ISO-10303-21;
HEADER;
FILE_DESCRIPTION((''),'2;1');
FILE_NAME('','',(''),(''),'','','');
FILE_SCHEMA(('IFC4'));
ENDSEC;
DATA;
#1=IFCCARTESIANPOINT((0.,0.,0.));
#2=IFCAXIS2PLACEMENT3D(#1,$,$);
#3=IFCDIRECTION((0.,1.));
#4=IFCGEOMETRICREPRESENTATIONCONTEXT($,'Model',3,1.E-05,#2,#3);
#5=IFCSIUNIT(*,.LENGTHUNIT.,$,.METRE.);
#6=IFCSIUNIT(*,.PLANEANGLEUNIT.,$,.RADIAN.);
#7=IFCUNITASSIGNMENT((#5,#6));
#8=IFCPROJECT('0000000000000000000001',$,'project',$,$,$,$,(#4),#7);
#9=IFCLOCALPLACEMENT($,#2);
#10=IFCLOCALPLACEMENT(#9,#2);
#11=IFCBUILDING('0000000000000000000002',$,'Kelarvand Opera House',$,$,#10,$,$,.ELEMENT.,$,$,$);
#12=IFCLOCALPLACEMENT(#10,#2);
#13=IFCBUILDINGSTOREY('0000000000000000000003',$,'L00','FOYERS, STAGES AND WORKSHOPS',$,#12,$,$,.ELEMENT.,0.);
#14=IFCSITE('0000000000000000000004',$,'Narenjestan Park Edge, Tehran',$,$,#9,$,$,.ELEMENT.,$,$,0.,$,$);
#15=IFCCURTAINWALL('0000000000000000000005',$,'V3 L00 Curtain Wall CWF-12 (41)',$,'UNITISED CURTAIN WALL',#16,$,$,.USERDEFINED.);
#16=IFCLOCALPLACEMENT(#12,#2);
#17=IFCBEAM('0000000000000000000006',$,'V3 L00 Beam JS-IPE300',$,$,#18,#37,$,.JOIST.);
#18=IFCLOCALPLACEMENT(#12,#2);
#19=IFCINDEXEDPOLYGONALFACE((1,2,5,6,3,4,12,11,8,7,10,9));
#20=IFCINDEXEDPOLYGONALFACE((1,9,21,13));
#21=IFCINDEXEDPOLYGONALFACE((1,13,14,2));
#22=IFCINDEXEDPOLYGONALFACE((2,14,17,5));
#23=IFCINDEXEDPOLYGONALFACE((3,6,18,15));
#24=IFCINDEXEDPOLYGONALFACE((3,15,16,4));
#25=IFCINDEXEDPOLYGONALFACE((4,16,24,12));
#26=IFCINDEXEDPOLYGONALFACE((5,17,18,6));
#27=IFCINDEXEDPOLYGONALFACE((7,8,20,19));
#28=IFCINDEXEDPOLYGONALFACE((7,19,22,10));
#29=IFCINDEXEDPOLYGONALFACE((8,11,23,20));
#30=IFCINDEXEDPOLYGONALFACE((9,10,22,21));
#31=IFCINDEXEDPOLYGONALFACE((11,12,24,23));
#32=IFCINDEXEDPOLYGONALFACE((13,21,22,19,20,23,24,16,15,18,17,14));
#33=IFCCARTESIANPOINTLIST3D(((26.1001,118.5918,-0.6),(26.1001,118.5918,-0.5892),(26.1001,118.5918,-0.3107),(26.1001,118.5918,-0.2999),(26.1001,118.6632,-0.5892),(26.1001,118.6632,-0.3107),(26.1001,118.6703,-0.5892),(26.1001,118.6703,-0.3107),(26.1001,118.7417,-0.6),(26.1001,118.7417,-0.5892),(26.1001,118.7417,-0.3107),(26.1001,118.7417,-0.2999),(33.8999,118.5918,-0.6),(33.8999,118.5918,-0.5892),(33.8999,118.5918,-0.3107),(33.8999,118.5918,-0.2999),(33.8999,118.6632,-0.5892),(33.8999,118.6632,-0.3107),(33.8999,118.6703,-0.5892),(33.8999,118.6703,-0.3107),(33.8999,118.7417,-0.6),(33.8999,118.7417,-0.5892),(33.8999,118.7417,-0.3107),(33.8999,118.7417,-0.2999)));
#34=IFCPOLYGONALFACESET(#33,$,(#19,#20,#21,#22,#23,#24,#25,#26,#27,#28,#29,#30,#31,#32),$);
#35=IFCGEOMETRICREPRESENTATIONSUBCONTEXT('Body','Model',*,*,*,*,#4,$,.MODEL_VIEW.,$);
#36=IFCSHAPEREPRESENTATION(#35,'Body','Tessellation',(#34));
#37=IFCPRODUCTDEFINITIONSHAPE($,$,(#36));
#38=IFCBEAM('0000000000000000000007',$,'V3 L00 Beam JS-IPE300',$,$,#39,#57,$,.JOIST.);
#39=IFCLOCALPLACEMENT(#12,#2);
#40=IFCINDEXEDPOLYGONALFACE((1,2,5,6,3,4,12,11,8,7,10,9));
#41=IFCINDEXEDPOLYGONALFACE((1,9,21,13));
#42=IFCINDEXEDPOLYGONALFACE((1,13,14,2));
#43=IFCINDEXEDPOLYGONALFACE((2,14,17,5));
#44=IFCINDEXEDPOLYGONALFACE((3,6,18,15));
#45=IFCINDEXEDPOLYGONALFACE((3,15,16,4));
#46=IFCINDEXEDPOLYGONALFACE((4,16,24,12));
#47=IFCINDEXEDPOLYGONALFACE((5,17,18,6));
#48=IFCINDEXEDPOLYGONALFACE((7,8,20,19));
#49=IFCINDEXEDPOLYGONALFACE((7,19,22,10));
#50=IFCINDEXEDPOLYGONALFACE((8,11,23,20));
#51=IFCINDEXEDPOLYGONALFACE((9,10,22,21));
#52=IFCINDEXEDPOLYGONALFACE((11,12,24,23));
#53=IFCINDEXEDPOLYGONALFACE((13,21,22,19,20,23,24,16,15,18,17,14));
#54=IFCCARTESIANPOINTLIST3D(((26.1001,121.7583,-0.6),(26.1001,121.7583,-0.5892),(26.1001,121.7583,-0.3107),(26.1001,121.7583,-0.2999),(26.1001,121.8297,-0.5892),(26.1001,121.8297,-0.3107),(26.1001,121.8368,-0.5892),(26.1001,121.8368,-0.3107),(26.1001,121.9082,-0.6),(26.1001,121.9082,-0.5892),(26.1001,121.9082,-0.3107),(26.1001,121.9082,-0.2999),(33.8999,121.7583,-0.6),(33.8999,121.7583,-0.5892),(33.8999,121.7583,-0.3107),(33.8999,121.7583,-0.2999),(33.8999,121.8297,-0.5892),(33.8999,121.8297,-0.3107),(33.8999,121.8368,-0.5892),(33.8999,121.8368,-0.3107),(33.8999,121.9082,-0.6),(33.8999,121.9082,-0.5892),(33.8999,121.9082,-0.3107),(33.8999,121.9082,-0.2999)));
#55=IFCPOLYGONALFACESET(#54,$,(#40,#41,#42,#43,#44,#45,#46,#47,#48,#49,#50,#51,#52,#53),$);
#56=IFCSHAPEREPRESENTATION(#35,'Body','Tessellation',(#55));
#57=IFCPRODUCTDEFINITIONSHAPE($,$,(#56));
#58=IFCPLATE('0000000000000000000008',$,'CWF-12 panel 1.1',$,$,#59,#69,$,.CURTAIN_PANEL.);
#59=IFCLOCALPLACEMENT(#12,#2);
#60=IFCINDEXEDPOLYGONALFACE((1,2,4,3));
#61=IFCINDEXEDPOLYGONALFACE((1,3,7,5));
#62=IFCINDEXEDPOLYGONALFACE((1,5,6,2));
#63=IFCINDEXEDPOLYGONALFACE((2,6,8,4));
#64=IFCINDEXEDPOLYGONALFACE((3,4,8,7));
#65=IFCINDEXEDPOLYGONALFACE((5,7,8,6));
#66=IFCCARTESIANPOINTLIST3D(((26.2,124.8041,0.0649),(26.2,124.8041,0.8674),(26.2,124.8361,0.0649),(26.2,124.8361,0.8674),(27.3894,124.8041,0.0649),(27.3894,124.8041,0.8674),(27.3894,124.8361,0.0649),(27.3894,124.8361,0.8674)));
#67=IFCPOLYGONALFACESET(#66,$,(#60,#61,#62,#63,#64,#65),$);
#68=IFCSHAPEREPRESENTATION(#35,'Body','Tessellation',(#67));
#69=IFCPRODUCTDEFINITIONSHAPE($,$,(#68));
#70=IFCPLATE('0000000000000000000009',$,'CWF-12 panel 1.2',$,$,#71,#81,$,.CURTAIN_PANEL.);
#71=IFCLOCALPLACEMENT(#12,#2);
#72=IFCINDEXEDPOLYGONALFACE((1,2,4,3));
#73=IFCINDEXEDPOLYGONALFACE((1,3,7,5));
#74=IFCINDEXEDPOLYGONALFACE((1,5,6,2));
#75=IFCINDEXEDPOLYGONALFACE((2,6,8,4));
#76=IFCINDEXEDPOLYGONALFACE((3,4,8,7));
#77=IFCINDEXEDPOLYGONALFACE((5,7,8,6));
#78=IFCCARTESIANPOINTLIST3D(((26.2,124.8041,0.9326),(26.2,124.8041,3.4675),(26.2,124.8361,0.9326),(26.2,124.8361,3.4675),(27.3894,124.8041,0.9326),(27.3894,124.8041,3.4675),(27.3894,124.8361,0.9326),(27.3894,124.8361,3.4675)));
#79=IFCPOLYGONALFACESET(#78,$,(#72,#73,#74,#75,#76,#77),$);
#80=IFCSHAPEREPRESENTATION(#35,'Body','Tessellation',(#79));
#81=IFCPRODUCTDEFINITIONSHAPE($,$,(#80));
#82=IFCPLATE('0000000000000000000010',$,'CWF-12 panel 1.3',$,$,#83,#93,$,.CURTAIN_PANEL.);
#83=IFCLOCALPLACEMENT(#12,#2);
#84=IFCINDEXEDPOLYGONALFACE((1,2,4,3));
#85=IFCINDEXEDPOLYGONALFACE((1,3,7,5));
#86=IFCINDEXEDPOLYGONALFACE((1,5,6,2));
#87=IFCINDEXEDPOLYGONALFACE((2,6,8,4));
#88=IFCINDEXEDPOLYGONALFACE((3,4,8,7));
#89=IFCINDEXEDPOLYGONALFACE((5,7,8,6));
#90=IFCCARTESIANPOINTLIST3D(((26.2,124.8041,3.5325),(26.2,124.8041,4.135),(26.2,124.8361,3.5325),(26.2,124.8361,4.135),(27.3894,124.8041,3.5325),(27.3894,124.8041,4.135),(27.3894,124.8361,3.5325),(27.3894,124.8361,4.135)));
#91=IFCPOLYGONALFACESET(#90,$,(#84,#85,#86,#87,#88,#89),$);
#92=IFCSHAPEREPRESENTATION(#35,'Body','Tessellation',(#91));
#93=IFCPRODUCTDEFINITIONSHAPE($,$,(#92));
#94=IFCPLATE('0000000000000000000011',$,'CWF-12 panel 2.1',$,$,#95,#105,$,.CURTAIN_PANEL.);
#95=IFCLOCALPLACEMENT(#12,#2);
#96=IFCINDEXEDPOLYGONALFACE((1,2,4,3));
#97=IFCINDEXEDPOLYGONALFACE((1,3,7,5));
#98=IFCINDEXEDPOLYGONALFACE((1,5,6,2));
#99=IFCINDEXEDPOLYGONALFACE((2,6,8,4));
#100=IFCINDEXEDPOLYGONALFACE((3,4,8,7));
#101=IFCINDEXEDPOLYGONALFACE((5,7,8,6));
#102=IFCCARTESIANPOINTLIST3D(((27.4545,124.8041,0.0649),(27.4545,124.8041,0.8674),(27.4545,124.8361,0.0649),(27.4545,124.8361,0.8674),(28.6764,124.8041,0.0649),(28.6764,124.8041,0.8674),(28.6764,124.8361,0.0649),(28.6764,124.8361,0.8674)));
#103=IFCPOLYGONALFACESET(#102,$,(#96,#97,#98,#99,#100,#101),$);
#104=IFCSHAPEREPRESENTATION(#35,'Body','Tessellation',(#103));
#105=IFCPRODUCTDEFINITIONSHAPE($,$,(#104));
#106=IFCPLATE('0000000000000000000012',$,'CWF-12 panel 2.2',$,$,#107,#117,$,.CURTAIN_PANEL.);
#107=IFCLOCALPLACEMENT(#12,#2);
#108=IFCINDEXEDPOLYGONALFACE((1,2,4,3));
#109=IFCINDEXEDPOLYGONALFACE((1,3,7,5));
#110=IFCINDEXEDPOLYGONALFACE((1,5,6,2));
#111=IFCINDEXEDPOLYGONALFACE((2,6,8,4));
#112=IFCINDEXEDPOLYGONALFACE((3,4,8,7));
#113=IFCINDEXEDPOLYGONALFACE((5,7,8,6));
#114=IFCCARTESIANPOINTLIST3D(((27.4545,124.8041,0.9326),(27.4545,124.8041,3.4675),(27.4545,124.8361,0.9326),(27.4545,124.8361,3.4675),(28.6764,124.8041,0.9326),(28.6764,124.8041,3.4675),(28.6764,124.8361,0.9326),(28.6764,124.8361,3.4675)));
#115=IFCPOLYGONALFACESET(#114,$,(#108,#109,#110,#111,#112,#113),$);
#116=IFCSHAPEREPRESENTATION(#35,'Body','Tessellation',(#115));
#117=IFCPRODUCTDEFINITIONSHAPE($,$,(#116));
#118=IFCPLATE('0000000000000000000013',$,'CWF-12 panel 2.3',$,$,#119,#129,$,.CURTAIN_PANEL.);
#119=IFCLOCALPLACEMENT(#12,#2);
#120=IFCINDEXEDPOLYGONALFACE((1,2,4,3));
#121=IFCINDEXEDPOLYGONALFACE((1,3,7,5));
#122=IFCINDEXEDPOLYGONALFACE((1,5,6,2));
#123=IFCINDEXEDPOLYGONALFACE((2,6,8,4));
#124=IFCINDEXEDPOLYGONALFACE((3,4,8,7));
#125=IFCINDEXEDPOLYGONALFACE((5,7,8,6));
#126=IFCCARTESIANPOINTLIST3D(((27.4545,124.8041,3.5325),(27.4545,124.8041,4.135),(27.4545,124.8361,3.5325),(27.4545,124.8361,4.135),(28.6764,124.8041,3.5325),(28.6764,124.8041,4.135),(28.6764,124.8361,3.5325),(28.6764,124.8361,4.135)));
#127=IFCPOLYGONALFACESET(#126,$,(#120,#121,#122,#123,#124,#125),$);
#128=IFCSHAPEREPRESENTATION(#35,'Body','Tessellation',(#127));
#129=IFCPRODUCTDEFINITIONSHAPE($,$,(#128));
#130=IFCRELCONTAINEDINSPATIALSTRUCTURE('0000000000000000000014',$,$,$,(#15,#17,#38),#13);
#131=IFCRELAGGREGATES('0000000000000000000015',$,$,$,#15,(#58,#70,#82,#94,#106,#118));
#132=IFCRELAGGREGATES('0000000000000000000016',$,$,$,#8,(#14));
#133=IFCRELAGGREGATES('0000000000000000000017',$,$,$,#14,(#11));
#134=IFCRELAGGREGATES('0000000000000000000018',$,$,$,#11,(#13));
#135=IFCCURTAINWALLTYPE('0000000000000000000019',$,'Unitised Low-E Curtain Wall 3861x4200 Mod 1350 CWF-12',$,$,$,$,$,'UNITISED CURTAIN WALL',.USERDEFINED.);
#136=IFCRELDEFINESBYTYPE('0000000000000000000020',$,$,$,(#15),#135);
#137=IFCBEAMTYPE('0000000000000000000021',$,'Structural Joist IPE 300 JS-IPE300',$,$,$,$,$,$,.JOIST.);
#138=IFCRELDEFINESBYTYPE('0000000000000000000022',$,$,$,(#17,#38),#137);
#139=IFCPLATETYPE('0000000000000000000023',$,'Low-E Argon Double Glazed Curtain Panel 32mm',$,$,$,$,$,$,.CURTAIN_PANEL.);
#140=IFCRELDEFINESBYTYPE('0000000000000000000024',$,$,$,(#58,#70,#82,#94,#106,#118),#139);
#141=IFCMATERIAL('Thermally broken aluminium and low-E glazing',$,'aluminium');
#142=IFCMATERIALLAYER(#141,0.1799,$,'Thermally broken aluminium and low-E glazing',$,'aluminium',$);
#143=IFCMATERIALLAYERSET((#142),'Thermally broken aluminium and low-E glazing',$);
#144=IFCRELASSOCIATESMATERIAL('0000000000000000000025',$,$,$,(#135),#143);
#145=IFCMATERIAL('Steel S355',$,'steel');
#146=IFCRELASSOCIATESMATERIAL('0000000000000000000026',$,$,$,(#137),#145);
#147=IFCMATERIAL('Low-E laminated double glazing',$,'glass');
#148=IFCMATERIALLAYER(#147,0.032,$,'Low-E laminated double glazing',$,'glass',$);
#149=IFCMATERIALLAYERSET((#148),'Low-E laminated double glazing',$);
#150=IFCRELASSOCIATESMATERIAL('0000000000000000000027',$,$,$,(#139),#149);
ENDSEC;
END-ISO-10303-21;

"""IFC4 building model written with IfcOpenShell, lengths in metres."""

from ifc_helpers import new_model, si_unit, direction, frame, origin, origin_2d, place, context, subcontext, project, spatial, rectangle, i_section, extrude, material, layer, layer_set, material_profile, profile_set, type_object, element, aggregate, save


model = new_model("IFC4")

# Units and contexts
model_context = context("Model", 3, precision=1e-05, world=origin(), true_north=direction((0.0, 1.0)))
body_context = subcontext(model_context, "Body", "Model", "MODEL_VIEW")
ifc_project = project(units=[si_unit("LENGTHUNIT", "METRE"), si_unit("PLANEANGLEUNIT", "RADIAN")], contexts=[model_context])

# Site, building, storey
site_placement = place(None, origin())
site = spatial("IfcSite", under=ifc_project, at=site_placement, Name="Narenjestan Park Edge, Tehran", CompositionType="ELEMENT", RefElevation=0.0)
building_placement = place(site_placement, origin())
building = spatial("IfcBuilding", under=site, at=building_placement, Name="Kelarvand Opera House", CompositionType="ELEMENT")
storey_placement = place(building_placement, origin())
storey = spatial("IfcBuildingStorey", under=building, at=storey_placement, Name="L00", Description="FOYERS, STAGES AND WORKSHOPS", CompositionType="ELEMENT", Elevation=0.0)

# Curtain wall
ifc_material_1 = material(Name="Thermally broken aluminium and low-E glazing", Category="aluminium")
ifc_layer_1 = layer(ifc_material_1, 0.1799, Name="Thermally broken aluminium and low-E glazing", Category="aluminium")
ifc_layer_set_1 = layer_set([ifc_layer_1], Name="Thermally broken aluminium and low-E glazing")
curtain_wall_type = type_object("IfcCurtainWallType", Name="Unitised Low-E Curtain Wall 3861x4200 Mod 1350 CWF-12", ElementType="UNITISED CURTAIN WALL", PredefinedType="USERDEFINED", material=ifc_layer_set_1)
curtain_wall_placement = place(storey_placement, origin())
curtain_wall = element("IfcCurtainWall", 1, at=curtain_wall_placement, inside=storey, type_object=curtain_wall_type, Name="V3 L00 Curtain Wall CWF-12 (41)", ObjectType="UNITISED CURTAIN WALL", PredefinedType="USERDEFINED")

# Beams
ifc_material_2 = material(Name="Steel S355", Category="steel")
ifc_material_profile_1 = material_profile(ifc_material_2, i_section(OverallWidth=0.1499, OverallDepth=0.3, WebThickness=0.0071, FlangeThickness=0.0107, at=origin_2d()), Name="IPE 300", Category="steel")
ifc_profile_set_1 = profile_set([ifc_material_profile_1], Name="Steel S355")
beam_type_1 = type_object("IfcBeamType", Name="Structural Joist IPE 300 JS-IPE300", PredefinedType="JOIST", material=ifc_profile_set_1)
for number, where, z_axis, x_axis, name in (
    (2, (26.1001, 118.6667, -0.45), (1.0, 0.0, 0.0), (0.0, 1.0, 0.0), "V3 L00 Beam JS-IPE300"),
    (3, (26.1001, 121.8333, -0.45), (1.0, 0.0, 0.0), (0.0, 1.0, 0.0), "V3 L00 Beam JS-IPE300"),
):
    element("IfcBeam", number, at=place(storey_placement, frame(where, z_axis=z_axis, x_axis=x_axis)), inside=storey, type_object=beam_type_1, Name=name, PredefinedType="JOIST", context=body_context, shape_type="SweptSolid", body=[
        extrude(i_section(OverallWidth=0.1499, OverallDepth=0.3, WebThickness=0.0071, FlangeThickness=0.0107, at=origin_2d()), origin(), (0.0, 0.0, 1.0), 7.7998),
    ])

# Plates
ifc_material_3 = material(Name="Low-E laminated double glazing", Category="glass")
ifc_layer_2 = layer(ifc_material_3, 0.032, Name="Low-E laminated double glazing", Category="glass")
ifc_layer_set_2 = layer_set([ifc_layer_2], Name="Low-E laminated double glazing")
plate_type = type_object("IfcPlateType", Name="Low-E Argon Double Glazed Curtain Panel 32mm", PredefinedType="CURTAIN_PANEL", material=ifc_layer_set_2)
plate_1_placement = place(storey_placement, frame((26.7947, 124.8201, 0.0649), z_axis=(0.0, 0.0, 1.0), x_axis=(1.0, 0.0, 0.0)))
plate_1 = element("IfcPlate", 4, at=plate_1_placement, type_object=plate_type, Name="CWF-12 panel 1.1", PredefinedType="CURTAIN_PANEL", context=body_context, shape_type="SweptSolid", body=[
    extrude(rectangle(XDim=1.1895, YDim=0.032, at=origin_2d()), origin(), (0.0, 0.0, 1.0), 0.8025),
])
plate_2_placement = place(storey_placement, frame((26.7947, 124.8201, 0.9326), z_axis=(0.0, 0.0, 1.0), x_axis=(1.0, 0.0, 0.0)))
plate_2 = element("IfcPlate", 5, at=plate_2_placement, type_object=plate_type, Name="CWF-12 panel 1.2", PredefinedType="CURTAIN_PANEL", context=body_context, shape_type="SweptSolid", body=[
    extrude(rectangle(XDim=1.1895, YDim=0.032, at=origin_2d()), origin(), (0.0, 0.0, 1.0), 2.5349),
])
plate_3_placement = place(storey_placement, frame((26.7947, 124.8201, 3.5325), z_axis=(0.0, 0.0, 1.0), x_axis=(1.0, 0.0, 0.0)))
plate_3 = element("IfcPlate", 6, at=plate_3_placement, type_object=plate_type, Name="CWF-12 panel 1.3", PredefinedType="CURTAIN_PANEL", context=body_context, shape_type="SweptSolid", body=[
    extrude(rectangle(XDim=1.1895, YDim=0.032, at=origin_2d()), origin(), (0.0, 0.0, 1.0), 0.6025),
])
plate_4_placement = place(storey_placement, frame((28.0654, 124.8201, 0.0649), z_axis=(0.0, 0.0, 1.0), x_axis=(1.0, 0.0, 0.0)))
plate_4 = element("IfcPlate", 7, at=plate_4_placement, type_object=plate_type, Name="CWF-12 panel 2.1", PredefinedType="CURTAIN_PANEL", context=body_context, shape_type="SweptSolid", body=[
    extrude(rectangle(XDim=1.2219, YDim=0.032, at=origin_2d()), origin(), (0.0, 0.0, 1.0), 0.8025),
])
plate_5_placement = place(storey_placement, frame((28.0654, 124.8201, 0.9326), z_axis=(0.0, 0.0, 1.0), x_axis=(1.0, 0.0, 0.0)))
plate_5 = element("IfcPlate", 8, at=plate_5_placement, type_object=plate_type, Name="CWF-12 panel 2.2", PredefinedType="CURTAIN_PANEL", context=body_context, shape_type="SweptSolid", body=[
    extrude(rectangle(XDim=1.2219, YDim=0.032, at=origin_2d()), origin(), (0.0, 0.0, 1.0), 2.5349),
])
plate_6_placement = place(storey_placement, frame((28.0654, 124.8201, 3.5325), z_axis=(0.0, 0.0, 1.0), x_axis=(1.0, 0.0, 0.0)))
plate_6 = element("IfcPlate", 9, at=plate_6_placement, type_object=plate_type, Name="CWF-12 panel 2.3", PredefinedType="CURTAIN_PANEL", context=body_context, shape_type="SweptSolid", body=[
    extrude(rectangle(XDim=1.2219, YDim=0.032, at=origin_2d()), origin(), (0.0, 0.0, 1.0), 0.6025),
])
aggregate(curtain_wall, [plate_1, plate_2, plate_3, plate_4, plate_5, plate_6])

save(model, "model.ifc")
